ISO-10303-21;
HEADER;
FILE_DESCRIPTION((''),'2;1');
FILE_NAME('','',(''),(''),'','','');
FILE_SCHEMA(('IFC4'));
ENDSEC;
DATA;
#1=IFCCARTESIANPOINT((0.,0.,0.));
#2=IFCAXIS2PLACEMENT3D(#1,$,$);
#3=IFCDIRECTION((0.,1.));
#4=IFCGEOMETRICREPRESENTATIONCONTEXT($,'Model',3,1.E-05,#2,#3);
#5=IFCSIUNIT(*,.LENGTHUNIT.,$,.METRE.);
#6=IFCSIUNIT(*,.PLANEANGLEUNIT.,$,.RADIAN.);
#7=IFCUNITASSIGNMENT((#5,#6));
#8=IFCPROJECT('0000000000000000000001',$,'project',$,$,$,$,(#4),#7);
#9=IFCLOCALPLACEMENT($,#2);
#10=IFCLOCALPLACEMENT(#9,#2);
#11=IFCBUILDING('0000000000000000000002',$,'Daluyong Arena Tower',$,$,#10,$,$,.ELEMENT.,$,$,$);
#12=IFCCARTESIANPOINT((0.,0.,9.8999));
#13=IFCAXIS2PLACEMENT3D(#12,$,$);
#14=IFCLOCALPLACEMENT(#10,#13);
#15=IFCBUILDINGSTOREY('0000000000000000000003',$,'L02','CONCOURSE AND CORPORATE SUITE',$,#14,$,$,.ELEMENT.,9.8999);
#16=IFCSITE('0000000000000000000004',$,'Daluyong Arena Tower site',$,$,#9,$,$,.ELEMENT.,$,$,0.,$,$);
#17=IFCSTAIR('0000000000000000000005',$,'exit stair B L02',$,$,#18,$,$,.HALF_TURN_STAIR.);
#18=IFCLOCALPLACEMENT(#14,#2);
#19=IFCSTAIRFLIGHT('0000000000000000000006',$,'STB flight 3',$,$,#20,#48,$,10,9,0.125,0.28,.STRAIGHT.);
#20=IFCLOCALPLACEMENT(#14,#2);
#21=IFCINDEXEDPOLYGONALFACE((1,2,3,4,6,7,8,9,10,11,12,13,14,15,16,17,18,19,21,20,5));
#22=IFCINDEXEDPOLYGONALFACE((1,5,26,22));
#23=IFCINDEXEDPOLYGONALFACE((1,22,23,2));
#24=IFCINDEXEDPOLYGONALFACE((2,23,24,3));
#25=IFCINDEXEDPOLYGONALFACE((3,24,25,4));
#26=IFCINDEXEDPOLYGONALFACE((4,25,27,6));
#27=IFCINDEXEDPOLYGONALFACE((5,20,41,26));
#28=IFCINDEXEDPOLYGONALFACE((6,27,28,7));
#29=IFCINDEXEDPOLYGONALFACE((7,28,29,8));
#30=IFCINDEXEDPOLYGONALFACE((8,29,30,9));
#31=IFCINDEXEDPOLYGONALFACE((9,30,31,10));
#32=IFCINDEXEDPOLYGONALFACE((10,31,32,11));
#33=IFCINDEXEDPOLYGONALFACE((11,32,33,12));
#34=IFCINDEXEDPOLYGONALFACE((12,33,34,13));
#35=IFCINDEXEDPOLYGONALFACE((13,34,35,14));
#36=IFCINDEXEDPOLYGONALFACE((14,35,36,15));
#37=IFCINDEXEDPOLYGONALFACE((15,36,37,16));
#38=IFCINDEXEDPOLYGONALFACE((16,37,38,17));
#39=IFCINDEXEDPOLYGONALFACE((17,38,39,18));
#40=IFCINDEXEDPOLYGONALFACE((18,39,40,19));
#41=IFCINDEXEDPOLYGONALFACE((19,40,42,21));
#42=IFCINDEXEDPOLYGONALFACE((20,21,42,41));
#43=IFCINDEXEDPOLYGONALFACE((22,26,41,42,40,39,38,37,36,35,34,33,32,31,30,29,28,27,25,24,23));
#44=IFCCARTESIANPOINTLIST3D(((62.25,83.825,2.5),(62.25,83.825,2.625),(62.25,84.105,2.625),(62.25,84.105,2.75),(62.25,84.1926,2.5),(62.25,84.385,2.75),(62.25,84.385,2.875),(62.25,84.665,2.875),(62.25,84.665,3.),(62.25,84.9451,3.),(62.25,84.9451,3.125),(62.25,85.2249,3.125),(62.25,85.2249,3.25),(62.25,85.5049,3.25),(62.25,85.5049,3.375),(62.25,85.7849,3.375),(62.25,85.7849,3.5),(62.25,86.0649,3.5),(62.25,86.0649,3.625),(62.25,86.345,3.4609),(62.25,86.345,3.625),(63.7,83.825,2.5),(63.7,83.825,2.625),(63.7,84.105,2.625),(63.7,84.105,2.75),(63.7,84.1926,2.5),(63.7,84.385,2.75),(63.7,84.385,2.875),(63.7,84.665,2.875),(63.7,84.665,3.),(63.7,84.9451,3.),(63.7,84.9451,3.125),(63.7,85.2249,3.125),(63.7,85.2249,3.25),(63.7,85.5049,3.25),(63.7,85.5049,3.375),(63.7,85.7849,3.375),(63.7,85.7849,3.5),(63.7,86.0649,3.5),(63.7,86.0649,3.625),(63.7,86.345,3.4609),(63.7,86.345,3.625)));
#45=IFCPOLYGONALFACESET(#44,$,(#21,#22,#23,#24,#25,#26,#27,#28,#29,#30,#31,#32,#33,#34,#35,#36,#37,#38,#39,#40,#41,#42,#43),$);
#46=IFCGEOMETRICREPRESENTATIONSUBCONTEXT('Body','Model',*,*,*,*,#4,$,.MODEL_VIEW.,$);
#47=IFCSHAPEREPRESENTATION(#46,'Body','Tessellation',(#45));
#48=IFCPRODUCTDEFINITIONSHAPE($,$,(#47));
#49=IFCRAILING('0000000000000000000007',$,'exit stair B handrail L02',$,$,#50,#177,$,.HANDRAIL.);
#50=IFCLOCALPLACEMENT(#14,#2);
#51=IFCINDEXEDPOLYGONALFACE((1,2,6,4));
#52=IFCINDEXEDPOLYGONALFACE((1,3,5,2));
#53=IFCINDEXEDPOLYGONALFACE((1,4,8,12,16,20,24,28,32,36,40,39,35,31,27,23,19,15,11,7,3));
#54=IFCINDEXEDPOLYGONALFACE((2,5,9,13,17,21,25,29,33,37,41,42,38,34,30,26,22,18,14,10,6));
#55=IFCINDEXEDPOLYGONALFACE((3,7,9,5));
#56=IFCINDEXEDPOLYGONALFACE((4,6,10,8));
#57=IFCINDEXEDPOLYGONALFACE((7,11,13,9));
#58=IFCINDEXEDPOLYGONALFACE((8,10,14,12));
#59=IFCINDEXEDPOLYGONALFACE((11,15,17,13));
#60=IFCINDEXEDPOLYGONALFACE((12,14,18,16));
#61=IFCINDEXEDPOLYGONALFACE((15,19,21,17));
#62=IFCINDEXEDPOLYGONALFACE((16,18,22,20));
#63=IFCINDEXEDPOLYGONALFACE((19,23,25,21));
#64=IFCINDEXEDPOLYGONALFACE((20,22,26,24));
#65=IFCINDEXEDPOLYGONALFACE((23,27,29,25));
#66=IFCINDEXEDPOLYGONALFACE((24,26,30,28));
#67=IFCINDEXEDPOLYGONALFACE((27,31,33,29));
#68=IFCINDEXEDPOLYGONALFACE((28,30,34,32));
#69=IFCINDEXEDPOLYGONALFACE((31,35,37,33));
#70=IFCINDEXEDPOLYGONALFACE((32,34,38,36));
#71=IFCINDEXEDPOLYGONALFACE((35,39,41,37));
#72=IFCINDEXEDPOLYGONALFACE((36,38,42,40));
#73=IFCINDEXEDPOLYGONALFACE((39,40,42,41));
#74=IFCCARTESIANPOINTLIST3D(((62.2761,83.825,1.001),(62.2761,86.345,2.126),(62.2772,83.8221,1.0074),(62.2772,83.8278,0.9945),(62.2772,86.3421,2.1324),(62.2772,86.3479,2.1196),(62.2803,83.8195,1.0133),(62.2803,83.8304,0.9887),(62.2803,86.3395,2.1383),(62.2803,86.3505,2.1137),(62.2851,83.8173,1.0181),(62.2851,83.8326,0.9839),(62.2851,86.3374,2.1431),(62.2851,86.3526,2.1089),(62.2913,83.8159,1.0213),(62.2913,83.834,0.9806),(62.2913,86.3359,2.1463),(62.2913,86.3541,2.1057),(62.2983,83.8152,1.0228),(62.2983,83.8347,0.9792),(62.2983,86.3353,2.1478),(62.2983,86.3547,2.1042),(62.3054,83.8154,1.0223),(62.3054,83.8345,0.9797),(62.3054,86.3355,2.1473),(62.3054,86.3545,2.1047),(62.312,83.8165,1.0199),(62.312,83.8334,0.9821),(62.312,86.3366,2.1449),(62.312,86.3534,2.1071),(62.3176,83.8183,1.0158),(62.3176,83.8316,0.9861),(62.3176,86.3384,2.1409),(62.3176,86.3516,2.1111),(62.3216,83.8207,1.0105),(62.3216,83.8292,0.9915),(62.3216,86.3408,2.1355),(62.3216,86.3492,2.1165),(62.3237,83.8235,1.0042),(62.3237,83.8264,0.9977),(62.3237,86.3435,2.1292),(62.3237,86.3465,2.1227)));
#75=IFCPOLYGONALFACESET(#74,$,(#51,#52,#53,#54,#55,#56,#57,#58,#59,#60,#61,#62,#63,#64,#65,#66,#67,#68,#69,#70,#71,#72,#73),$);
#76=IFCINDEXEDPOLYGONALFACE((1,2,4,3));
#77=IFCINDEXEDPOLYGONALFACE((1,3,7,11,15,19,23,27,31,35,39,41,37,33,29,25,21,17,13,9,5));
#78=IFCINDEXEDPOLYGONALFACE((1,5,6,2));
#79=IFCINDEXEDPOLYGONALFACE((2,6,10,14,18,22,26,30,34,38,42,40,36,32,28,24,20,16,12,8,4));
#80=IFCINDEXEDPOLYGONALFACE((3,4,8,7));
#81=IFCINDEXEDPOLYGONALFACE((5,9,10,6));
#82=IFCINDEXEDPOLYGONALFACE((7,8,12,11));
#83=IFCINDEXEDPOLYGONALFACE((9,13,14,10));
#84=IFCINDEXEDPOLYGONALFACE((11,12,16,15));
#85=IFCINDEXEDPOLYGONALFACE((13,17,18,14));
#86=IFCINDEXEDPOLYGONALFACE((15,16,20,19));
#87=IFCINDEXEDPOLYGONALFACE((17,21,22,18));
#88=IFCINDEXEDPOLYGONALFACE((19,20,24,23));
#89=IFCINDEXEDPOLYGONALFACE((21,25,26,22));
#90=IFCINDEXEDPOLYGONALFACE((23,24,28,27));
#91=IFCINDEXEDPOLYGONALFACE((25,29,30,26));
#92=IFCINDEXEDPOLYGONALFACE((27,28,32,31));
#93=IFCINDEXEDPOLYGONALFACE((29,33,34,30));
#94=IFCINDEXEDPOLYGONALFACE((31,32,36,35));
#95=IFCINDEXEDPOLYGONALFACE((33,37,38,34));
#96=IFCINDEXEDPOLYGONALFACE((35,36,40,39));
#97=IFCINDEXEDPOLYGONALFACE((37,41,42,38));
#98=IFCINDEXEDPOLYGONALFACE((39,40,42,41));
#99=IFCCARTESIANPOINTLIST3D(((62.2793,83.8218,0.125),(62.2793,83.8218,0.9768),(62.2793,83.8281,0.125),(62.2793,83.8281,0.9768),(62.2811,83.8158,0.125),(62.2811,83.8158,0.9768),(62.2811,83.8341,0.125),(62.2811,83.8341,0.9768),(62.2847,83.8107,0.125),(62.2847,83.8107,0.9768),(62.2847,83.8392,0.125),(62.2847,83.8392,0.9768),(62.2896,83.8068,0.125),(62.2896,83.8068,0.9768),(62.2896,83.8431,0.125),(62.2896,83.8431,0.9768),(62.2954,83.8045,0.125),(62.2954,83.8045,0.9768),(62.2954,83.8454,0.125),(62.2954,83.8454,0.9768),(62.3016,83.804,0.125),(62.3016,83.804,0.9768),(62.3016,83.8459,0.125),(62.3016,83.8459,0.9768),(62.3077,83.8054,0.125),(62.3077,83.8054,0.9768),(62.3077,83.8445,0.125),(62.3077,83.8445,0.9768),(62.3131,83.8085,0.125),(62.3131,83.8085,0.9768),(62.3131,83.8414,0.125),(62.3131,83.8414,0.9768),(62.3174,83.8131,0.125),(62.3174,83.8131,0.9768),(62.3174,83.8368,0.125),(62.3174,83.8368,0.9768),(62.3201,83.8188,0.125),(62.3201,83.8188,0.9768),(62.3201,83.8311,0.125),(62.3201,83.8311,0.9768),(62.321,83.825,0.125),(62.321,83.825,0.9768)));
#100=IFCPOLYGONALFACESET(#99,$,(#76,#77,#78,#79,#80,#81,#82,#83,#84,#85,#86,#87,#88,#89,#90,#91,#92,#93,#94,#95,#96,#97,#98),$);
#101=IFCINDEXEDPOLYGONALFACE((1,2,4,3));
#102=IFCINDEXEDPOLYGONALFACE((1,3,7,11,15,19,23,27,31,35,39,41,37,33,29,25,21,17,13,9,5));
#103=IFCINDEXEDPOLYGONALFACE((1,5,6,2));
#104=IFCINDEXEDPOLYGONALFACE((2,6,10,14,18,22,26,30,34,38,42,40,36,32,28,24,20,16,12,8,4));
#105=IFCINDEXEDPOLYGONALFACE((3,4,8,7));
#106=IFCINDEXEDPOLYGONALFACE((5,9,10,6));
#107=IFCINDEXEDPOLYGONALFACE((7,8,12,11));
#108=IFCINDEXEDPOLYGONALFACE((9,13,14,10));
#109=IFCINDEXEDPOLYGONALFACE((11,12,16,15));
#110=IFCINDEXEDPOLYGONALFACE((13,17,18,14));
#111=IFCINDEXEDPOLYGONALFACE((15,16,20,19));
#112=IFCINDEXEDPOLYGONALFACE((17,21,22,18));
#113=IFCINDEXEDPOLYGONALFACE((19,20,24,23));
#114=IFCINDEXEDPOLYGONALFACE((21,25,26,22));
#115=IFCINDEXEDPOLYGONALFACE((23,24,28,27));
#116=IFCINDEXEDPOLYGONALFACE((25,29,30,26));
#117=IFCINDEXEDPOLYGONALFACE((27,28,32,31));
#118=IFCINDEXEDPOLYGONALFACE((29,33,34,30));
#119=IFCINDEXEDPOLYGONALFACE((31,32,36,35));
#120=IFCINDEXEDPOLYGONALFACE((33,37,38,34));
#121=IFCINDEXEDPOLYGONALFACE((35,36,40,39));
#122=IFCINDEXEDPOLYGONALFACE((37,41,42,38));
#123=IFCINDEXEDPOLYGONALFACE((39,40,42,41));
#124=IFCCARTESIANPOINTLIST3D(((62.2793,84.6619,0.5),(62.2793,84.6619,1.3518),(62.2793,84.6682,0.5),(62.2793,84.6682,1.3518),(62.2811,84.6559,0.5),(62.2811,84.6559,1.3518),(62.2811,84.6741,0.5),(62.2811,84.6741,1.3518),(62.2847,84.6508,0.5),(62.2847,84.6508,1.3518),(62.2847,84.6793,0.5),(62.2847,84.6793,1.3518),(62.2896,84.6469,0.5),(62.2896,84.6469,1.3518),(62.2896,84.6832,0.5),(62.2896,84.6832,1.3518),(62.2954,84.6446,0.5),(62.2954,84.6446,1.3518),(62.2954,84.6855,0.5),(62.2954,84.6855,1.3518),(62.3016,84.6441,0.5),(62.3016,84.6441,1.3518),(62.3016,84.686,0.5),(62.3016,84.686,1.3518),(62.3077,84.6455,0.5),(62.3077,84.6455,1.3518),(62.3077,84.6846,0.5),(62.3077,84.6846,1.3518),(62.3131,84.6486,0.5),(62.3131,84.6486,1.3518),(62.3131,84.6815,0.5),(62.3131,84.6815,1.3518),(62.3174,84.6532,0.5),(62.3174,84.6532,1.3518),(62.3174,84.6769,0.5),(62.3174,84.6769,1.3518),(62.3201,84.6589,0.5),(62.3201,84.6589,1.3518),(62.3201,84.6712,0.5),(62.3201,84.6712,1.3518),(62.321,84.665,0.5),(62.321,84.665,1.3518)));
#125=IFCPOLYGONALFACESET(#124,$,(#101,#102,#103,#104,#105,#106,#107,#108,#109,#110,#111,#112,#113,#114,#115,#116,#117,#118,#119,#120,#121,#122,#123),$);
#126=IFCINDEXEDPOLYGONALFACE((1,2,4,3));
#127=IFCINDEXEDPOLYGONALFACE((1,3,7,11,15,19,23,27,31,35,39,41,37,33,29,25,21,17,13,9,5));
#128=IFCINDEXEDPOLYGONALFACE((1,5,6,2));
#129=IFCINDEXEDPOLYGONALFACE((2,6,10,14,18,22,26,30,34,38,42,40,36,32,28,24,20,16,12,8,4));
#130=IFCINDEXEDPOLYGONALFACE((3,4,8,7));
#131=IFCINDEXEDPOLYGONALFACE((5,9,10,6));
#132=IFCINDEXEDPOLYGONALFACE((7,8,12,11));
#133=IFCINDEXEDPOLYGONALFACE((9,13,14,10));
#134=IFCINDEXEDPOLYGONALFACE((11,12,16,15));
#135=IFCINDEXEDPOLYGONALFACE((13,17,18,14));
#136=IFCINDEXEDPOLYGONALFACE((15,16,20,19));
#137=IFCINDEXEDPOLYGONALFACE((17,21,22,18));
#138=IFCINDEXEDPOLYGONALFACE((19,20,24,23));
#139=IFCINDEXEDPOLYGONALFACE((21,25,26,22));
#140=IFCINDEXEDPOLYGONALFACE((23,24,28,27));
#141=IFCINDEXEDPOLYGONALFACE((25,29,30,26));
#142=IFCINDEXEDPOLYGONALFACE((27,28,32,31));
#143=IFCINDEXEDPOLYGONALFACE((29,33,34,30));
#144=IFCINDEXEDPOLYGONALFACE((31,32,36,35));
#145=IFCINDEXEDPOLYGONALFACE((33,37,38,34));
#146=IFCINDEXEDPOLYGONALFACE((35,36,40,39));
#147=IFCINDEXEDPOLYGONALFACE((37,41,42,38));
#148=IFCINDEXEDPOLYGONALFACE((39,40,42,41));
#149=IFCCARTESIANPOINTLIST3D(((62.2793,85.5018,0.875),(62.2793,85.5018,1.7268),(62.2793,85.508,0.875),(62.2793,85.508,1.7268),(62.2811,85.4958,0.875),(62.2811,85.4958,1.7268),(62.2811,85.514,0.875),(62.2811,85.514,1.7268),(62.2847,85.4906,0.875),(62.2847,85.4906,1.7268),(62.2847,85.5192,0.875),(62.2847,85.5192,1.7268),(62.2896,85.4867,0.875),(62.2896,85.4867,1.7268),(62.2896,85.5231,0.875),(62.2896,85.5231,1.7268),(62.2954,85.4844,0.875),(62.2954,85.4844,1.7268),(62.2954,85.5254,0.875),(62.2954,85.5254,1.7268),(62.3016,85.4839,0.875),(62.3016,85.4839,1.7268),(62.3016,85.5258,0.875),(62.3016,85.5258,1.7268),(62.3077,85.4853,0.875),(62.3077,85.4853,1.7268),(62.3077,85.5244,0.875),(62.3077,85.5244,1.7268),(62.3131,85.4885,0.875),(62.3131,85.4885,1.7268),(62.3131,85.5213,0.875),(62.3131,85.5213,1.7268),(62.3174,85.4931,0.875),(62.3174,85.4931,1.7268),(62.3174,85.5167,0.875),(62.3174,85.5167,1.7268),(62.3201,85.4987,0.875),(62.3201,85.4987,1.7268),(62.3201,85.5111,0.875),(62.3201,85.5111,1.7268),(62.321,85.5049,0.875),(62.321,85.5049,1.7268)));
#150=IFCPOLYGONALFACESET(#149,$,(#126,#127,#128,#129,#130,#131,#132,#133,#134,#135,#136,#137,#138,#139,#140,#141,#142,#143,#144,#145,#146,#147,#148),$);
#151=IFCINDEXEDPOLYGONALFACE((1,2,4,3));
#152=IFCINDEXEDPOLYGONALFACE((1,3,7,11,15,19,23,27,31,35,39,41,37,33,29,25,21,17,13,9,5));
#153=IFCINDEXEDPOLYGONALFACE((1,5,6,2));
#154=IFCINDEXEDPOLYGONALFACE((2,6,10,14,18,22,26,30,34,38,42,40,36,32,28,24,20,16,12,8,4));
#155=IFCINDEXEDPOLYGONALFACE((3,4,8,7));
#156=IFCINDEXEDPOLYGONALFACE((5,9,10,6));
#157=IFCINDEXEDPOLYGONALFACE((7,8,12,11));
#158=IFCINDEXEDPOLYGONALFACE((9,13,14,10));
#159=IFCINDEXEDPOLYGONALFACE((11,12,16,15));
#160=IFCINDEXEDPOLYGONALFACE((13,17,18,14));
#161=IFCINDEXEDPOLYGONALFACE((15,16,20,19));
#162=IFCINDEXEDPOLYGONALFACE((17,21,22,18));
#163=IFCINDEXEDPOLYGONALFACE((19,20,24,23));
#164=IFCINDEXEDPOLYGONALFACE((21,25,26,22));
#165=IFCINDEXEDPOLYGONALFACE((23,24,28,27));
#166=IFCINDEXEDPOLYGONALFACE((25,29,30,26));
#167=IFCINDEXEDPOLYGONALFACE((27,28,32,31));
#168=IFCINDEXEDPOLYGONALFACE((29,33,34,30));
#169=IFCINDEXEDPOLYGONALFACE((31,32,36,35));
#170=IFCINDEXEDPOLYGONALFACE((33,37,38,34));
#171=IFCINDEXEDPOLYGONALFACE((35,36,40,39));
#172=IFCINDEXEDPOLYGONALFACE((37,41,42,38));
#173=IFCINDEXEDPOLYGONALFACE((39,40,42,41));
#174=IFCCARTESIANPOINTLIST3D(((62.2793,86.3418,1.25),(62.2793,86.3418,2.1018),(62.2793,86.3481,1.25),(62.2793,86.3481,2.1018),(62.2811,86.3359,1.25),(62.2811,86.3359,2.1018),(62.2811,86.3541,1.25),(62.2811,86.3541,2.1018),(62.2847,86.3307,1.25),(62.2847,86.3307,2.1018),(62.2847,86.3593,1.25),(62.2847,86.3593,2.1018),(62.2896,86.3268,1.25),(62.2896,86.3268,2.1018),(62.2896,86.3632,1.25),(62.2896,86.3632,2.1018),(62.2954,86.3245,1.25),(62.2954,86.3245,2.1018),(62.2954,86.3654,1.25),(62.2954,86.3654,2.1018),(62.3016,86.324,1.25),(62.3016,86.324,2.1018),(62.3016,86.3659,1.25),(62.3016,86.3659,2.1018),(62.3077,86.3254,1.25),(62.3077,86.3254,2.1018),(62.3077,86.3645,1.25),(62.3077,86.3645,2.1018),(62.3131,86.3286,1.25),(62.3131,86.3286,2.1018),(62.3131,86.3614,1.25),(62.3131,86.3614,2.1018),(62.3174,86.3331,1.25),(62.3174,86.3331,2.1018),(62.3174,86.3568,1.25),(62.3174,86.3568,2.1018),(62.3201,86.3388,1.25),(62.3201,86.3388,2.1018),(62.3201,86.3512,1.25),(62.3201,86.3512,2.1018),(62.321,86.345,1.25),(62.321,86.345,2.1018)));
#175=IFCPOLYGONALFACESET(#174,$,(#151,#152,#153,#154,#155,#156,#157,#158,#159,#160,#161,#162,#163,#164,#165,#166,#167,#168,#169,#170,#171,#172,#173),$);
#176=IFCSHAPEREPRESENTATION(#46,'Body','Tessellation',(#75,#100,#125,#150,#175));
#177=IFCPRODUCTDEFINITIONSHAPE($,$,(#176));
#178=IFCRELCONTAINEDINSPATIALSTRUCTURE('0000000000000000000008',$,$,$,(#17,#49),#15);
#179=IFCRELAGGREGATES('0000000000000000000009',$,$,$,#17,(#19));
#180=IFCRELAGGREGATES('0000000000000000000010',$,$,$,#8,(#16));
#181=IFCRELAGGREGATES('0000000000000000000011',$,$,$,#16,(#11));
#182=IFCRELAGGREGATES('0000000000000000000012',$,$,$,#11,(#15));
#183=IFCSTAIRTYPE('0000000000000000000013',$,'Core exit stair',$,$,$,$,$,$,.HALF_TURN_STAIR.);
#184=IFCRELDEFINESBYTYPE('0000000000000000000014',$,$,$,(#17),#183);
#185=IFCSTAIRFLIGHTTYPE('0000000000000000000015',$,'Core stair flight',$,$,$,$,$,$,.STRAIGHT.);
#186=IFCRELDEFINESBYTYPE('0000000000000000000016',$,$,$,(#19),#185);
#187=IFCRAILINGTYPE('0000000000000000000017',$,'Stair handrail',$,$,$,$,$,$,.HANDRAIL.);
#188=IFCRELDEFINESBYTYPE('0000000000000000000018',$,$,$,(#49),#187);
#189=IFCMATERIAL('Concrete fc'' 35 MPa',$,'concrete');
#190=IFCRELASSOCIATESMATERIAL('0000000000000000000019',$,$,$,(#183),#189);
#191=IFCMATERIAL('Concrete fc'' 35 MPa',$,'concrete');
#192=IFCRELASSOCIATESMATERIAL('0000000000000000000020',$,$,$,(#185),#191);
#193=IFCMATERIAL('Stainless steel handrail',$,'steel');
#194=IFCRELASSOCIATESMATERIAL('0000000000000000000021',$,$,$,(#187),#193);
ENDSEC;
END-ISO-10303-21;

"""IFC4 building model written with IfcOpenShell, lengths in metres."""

from ifc_helpers import new_model, si_unit, direction, frame, origin, origin_2d, place, context, subcontext, project, spatial, polyline, circle, outline, extrude, material, type_object, element, aggregate, save


model = new_model("IFC4")

# Units and contexts
model_context = context("Model", 3, precision=1e-05, world=origin(), true_north=direction((0.0, 1.0)))
body_context = subcontext(model_context, "Body", "Model", "MODEL_VIEW")
ifc_project = project(units=[si_unit("LENGTHUNIT", "METRE"), si_unit("PLANEANGLEUNIT", "RADIAN")], contexts=[model_context])

# Site, building, storey
site_placement = place(None, origin())
site = spatial("IfcSite", under=ifc_project, at=site_placement, Name="Daluyong Arena Tower site", CompositionType="ELEMENT", RefElevation=0.0)
building_placement = place(site_placement, origin())
building = spatial("IfcBuilding", under=site, at=building_placement, Name="Daluyong Arena Tower", CompositionType="ELEMENT")
storey_placement = place(building_placement, frame((0.0, 0.0, 9.8999)))
storey = spatial("IfcBuildingStorey", under=building, at=storey_placement, Name="L02", Description="CONCOURSE AND CORPORATE SUITE", CompositionType="ELEMENT", Elevation=9.8999)

# Stair, stair flight
ifc_material_1 = material(Name="Concrete fc' 35 MPa", Category="concrete")
stair_type = type_object("IfcStairType", Name="Core exit stair", PredefinedType="HALF_TURN_STAIR", material=ifc_material_1)
stair_placement = place(storey_placement, origin())
stair = element("IfcStair", 1, at=stair_placement, inside=storey, type_object=stair_type, Name="exit stair B L02", PredefinedType="HALF_TURN_STAIR")
ifc_material_2 = material(Name="Concrete fc' 35 MPa", Category="concrete")
stair_flight_type = type_object("IfcStairFlightType", Name="Core stair flight", PredefinedType="STRAIGHT", material=ifc_material_2)
stair_flight_1_placement = place(storey_placement, frame((62.9751, 83.825, 2.5), z_axis=(0.0, 0.0, 1.0), x_axis=(0.0, 1.0, 0.0)))
stair_flight_1 = element("IfcStairFlight", 2, at=stair_flight_1_placement, type_object=stair_flight_type, Name="STB flight 3", NumberOfRisers=10, NumberOfTreads=9, PredefinedType="STRAIGHT", RiserHeight=0.125, TreadLength=0.28, context=body_context, shape_type="SweptSolid", body=[
    extrude(outline(polyline([(0.0, 0.0), (0.0, 0.125), (0.28, 0.125), (0.28, 0.25), (0.5601, 0.25), (0.5601, 0.375), (0.8401, 0.375), (0.8401, 0.5), (1.1201, 0.5), (1.1201, 0.625), (1.3999, 0.625), (1.3999, 0.75), (1.6799, 0.75), (1.6799, 0.875), (1.96, 0.875), (1.96, 1.0), (2.24, 1.0), (2.24, 1.125), (2.52, 1.125), (2.52, 1.25), (2.52, 0.9609), (0.3677, 0.0), (0.0, 0.0)])), frame((0.0, 0.7251, 0.0), z_axis=(0.0, -1.0, 0.0), x_axis=(1.0, 0.0, 0.0)), (0.0, 0.0, 1.0), 1.45),
])
aggregate(stair, [stair_flight_1])

# Railing
ifc_material_3 = material(Name="Stainless steel handrail", Category="steel")
railing_type_1 = type_object("IfcRailingType", Name="Stair handrail", PredefinedType="HANDRAIL", material=ifc_material_3)
for number, where, name in (
    (3, (62.3, 83.825, 0.125), "exit stair B handrail L02"),
):
    element("IfcRailing", number, at=place(storey_placement, frame(where)), inside=storey, type_object=railing_type_1, Name=name, PredefinedType="HANDRAIL", context=body_context, shape_type="SweptSolid", body=[
        extrude(circle(Radius=0.0239, at=origin_2d()), frame((0.0, 0.0, 0.876), z_axis=(0.0, 0.913139, 0.407648), x_axis=(-1.0, 0.0, 0.0)), (0.0, 0.0, 1.0), 2.7598),
        extrude(circle(Radius=0.021, at=origin_2d()), origin(), (0.0, 0.0, 1.0), 0.8518),
        extrude(circle(Radius=0.021, at=origin_2d()), frame((0.0, 0.8401, 0.375)), (0.0, 0.0, 1.0), 0.8518),
        extrude(circle(Radius=0.021, at=origin_2d()), frame((0.0, 1.6799, 0.75)), (0.0, 0.0, 1.0), 0.8518),
        extrude(circle(Radius=0.021, at=origin_2d()), frame((0.0, 2.52, 1.125)), (0.0, 0.0, 1.0), 0.8518),
    ])

save(model, "model.ifc")
